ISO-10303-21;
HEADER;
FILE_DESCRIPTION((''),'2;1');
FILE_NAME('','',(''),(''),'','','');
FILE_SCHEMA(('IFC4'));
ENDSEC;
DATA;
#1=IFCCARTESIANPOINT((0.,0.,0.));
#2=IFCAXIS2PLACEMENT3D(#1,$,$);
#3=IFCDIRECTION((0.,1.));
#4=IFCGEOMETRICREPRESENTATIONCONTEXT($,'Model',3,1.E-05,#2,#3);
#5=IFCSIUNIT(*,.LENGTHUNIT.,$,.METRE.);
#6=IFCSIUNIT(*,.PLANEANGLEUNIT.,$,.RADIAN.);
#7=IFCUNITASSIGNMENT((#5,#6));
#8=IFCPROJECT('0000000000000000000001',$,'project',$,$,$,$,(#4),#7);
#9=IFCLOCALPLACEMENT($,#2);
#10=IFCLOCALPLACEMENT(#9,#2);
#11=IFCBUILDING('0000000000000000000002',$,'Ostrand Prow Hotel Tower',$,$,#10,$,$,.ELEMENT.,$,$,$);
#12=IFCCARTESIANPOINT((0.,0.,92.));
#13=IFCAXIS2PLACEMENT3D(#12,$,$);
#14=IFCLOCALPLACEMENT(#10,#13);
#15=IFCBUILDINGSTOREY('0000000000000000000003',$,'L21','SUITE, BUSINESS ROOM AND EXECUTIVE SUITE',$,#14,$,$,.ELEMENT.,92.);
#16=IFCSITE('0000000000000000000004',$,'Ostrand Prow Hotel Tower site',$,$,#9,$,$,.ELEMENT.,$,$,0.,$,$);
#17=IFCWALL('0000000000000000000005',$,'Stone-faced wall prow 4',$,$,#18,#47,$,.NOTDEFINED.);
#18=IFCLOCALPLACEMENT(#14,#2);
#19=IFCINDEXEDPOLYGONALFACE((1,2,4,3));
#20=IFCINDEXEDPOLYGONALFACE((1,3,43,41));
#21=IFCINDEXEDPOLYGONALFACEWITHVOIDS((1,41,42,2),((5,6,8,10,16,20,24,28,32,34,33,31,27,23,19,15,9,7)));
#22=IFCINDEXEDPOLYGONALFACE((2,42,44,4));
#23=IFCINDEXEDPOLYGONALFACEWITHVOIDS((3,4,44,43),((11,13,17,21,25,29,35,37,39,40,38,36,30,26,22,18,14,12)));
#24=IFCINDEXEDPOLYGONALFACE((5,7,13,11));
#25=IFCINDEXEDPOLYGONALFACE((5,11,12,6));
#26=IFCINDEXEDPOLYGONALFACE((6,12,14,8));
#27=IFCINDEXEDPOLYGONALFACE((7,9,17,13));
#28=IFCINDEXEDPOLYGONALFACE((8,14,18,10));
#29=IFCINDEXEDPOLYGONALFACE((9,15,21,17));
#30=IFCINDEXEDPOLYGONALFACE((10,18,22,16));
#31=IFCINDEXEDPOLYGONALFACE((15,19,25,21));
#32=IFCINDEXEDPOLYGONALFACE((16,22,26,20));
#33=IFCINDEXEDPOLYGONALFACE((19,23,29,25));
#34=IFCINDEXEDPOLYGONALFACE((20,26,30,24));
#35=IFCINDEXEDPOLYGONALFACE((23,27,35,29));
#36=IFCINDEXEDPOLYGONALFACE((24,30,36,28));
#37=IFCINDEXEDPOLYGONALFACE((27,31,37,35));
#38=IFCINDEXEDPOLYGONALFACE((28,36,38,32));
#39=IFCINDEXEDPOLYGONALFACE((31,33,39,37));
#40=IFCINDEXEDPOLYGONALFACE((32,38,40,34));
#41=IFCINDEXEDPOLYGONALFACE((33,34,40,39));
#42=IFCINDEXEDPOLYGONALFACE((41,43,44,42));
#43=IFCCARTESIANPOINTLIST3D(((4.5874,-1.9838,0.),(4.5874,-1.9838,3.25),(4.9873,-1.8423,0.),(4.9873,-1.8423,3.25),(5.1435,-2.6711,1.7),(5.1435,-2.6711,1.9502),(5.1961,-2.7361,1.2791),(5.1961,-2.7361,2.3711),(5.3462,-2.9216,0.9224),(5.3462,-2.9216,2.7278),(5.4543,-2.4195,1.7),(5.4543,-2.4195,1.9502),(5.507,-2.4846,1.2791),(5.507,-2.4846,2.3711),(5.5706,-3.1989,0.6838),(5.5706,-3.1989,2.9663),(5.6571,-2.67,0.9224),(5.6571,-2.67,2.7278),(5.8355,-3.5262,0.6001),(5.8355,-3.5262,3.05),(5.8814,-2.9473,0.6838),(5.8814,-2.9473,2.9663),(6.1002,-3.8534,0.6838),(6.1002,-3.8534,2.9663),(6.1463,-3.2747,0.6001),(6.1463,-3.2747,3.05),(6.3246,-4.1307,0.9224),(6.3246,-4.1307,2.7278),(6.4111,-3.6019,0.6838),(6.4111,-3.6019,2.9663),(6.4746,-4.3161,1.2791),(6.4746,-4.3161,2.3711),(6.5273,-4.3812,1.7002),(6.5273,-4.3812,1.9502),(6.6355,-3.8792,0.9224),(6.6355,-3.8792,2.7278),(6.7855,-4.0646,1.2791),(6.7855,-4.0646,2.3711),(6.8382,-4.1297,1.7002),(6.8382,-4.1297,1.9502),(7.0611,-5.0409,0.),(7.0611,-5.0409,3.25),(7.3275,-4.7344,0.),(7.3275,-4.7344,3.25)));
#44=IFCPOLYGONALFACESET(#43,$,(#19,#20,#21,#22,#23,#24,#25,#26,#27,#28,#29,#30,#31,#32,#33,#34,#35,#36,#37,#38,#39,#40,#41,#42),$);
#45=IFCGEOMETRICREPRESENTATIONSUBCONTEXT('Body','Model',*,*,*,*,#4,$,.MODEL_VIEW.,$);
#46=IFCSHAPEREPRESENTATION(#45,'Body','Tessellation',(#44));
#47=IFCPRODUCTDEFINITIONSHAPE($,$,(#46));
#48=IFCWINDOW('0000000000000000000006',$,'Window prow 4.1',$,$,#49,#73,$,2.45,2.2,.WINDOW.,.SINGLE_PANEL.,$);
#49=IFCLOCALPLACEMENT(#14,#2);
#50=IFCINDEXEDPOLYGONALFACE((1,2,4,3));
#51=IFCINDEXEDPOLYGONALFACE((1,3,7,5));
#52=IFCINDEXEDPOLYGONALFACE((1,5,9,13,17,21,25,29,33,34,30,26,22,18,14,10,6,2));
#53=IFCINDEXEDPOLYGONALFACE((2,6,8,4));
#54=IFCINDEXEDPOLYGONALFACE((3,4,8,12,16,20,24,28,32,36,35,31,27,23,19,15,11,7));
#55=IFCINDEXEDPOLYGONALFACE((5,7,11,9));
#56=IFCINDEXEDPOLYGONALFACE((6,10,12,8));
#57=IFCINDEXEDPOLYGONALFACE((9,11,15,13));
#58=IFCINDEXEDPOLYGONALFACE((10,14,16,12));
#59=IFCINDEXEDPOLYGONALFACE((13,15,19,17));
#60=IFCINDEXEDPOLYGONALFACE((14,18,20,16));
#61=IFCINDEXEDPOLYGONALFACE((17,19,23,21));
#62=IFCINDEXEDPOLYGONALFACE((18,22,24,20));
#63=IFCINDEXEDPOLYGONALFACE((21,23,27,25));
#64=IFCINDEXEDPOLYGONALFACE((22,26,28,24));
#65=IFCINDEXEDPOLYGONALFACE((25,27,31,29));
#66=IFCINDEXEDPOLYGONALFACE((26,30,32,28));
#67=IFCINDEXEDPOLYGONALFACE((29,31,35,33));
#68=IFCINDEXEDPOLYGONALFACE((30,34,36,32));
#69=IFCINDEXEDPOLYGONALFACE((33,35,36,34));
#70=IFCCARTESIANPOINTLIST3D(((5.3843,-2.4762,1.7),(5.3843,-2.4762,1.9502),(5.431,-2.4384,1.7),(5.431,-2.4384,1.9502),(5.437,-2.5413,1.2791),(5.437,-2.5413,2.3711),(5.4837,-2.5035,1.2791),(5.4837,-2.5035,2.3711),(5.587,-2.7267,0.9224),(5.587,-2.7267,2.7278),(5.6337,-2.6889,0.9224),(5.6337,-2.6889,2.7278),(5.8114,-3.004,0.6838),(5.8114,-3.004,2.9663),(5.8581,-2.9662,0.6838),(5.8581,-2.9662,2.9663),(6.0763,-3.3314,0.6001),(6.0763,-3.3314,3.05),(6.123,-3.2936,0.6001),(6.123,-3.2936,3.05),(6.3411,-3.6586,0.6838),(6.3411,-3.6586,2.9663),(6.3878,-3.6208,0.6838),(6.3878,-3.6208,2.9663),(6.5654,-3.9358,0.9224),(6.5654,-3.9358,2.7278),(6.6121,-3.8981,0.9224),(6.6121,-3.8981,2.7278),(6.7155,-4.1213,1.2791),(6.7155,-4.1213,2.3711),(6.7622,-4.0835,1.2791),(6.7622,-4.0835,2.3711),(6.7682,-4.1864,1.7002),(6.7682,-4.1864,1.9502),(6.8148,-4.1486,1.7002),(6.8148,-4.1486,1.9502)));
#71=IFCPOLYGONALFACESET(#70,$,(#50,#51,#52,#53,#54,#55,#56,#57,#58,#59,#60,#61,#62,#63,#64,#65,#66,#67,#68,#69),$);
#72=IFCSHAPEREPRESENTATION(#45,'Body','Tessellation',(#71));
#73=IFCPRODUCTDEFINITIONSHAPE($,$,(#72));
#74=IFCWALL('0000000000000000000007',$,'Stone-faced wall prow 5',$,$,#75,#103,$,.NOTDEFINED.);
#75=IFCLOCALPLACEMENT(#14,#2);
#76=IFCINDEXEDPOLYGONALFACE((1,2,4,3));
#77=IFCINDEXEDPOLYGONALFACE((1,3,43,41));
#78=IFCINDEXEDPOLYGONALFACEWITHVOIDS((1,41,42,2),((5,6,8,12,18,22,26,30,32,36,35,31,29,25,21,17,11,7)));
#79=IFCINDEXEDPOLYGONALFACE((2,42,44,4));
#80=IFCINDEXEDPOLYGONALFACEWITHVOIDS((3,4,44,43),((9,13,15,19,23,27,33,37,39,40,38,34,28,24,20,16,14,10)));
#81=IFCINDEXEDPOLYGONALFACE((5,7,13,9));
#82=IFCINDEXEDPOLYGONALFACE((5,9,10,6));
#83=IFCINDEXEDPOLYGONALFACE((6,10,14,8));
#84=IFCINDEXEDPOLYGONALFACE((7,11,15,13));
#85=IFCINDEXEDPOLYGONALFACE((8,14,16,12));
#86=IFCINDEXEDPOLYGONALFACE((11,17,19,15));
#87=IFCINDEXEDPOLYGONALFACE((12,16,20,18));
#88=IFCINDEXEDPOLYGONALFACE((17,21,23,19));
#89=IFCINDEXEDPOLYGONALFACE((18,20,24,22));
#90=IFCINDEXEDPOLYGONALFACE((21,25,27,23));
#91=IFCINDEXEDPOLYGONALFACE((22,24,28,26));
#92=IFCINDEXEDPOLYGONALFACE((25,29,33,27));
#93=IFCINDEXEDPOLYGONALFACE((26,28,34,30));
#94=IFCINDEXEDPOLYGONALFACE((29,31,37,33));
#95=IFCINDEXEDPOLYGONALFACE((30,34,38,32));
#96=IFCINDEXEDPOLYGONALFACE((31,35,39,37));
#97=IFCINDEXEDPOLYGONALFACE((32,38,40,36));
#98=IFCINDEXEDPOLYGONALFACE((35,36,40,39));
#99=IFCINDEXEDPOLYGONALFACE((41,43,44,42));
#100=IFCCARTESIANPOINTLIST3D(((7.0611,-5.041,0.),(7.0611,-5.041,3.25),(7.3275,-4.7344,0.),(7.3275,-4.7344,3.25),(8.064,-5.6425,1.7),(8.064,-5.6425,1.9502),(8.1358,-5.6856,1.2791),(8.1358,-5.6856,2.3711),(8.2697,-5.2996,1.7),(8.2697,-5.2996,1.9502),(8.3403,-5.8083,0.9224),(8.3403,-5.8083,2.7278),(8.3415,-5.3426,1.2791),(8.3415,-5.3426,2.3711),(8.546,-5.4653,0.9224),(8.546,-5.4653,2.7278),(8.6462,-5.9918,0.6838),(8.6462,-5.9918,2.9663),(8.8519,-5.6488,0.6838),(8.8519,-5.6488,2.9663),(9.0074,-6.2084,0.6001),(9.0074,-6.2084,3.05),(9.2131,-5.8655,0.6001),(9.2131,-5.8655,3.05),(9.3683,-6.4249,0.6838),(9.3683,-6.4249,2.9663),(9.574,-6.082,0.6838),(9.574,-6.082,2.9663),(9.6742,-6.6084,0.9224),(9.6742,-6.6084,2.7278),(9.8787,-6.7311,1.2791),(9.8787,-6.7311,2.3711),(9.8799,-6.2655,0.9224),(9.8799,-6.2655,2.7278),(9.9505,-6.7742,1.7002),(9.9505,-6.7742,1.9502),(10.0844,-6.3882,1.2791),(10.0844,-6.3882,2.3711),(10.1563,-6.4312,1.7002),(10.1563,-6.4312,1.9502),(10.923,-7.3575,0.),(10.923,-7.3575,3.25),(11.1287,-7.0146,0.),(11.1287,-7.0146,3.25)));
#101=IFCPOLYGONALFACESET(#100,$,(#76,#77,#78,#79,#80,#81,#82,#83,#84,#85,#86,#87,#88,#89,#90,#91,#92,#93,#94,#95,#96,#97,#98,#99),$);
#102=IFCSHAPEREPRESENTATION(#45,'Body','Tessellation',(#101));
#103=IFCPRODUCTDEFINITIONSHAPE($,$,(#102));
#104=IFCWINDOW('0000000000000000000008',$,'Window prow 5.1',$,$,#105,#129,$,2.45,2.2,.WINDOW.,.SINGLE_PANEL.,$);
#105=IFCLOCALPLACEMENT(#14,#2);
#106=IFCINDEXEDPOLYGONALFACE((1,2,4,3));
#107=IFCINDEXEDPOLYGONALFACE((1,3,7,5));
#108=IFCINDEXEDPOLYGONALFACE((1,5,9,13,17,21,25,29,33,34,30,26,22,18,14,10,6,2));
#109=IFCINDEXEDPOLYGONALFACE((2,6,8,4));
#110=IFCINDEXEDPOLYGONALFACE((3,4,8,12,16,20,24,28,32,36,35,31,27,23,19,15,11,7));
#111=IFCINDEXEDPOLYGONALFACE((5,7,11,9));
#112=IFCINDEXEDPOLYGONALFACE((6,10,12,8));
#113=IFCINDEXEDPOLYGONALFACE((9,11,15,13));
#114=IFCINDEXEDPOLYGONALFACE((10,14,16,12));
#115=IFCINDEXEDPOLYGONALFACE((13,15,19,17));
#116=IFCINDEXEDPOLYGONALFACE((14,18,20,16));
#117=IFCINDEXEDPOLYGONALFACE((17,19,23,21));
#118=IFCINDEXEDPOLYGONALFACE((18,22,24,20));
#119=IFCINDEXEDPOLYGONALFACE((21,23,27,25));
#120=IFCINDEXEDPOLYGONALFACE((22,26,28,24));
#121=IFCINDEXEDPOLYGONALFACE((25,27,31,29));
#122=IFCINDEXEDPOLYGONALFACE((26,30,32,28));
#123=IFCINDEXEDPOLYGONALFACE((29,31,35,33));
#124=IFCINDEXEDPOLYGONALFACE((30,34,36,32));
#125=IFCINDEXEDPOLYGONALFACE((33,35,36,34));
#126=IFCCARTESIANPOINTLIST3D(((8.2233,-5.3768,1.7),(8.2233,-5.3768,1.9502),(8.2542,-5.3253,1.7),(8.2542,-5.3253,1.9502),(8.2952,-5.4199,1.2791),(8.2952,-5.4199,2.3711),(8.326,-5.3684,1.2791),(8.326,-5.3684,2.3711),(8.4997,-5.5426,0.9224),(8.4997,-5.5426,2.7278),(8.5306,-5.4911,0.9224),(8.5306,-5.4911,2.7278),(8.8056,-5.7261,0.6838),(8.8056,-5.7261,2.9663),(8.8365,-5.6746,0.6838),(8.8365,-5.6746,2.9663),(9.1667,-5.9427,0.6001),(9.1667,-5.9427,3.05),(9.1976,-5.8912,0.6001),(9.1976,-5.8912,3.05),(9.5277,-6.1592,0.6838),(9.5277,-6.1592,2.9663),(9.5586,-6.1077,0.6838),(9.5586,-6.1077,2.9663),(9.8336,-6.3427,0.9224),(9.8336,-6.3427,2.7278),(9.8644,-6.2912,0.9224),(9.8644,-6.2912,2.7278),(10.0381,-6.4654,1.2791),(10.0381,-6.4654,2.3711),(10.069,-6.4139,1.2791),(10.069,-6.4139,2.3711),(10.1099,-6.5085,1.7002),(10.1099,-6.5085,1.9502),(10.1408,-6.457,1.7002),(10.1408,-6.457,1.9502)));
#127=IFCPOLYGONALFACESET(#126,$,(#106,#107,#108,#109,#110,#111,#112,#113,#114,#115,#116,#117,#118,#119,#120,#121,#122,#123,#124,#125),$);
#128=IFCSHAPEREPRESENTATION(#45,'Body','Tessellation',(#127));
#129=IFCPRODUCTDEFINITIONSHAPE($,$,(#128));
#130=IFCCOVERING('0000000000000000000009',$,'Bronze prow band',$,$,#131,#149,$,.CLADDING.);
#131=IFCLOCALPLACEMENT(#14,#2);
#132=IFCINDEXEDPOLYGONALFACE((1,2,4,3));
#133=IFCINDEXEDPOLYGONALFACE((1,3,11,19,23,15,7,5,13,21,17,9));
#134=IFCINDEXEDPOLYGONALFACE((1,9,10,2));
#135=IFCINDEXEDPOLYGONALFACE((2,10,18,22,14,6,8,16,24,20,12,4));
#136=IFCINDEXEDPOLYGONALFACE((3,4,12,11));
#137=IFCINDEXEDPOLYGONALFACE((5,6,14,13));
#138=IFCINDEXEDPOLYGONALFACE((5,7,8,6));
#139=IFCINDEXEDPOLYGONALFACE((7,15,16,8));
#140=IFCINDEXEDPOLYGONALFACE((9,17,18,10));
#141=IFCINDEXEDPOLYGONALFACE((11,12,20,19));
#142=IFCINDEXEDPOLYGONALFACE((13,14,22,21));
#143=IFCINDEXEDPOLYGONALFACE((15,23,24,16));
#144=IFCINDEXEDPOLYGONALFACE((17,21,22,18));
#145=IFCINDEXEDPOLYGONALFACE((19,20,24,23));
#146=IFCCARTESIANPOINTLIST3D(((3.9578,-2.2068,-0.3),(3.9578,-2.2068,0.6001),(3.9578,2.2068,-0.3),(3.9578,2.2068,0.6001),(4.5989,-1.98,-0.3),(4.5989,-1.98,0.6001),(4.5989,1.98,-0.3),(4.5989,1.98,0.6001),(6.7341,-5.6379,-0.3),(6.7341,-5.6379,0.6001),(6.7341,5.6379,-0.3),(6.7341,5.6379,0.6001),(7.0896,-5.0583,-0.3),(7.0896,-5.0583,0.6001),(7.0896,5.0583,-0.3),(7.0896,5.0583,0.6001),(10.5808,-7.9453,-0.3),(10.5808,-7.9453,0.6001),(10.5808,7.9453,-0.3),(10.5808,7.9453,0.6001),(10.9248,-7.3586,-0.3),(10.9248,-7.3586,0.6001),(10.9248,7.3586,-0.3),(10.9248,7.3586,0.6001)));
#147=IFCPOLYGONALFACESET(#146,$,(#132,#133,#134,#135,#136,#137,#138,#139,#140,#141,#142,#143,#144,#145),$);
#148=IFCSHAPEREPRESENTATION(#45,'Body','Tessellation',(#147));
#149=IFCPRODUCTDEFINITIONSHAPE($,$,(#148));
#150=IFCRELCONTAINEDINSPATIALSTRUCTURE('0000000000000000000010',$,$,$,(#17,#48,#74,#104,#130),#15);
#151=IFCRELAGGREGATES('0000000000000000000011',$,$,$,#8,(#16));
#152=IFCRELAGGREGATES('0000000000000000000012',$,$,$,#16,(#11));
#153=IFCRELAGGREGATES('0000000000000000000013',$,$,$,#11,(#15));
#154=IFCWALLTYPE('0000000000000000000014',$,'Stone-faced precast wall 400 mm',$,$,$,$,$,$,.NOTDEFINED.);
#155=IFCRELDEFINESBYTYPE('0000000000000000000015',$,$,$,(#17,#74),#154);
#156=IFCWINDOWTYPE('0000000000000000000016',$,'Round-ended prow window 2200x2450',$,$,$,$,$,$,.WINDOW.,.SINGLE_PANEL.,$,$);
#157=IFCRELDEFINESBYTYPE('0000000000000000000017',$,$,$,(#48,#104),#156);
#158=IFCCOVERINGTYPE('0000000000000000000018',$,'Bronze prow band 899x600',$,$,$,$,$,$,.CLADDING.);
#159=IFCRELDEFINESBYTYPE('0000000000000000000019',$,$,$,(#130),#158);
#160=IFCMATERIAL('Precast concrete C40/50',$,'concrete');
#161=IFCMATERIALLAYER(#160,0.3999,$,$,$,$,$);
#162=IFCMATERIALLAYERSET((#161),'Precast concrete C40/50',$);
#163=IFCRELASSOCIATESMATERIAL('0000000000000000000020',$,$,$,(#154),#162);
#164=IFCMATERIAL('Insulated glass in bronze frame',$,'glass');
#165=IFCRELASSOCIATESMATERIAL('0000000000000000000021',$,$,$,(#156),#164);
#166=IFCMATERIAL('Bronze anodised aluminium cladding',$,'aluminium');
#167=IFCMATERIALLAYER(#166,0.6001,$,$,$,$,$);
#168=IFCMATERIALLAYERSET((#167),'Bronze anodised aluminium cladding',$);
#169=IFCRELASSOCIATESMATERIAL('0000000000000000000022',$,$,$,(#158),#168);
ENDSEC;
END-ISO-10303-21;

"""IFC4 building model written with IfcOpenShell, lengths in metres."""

from ifc_helpers import new_model, si_unit, direction, frame, origin, place, context, subcontext, project, spatial, polyline, outline, extrude, material, layer, layer_set, type_object, element, fill, save


model = new_model("IFC4")

# Units and contexts
model_context = context("Model", 3, precision=1e-05, world=origin(), true_north=direction((0.0, 1.0)))
body_context = subcontext(model_context, "Body", "Model", "MODEL_VIEW")
ifc_project = project(units=[si_unit("LENGTHUNIT", "METRE"), si_unit("PLANEANGLEUNIT", "RADIAN")], contexts=[model_context])

# Site, building, storey
site_placement = place(None, origin())
site = spatial("IfcSite", under=ifc_project, at=site_placement, Name="Ostrand Prow Hotel Tower site", CompositionType="ELEMENT", RefElevation=0.0)
building_placement = place(site_placement, origin())
building = spatial("IfcBuilding", under=site, at=building_placement, Name="Ostrand Prow Hotel Tower", CompositionType="ELEMENT")
storey_placement = place(building_placement, frame((0.0, 0.0, 92.0)))
storey = spatial("IfcBuildingStorey", under=building, at=storey_placement, Name="L21", Description="SUITE, BUSINESS ROOM AND EXECUTIVE SUITE", CompositionType="ELEMENT", Elevation=92.0)

# Walls, openings, windows
ifc_material_1 = material(Name="Precast concrete C40/50", Category="concrete")
ifc_layer_1 = layer(ifc_material_1, 0.3999)
ifc_layer_set_1 = layer_set([ifc_layer_1], Name="Precast concrete C40/50")
wall_type_1 = type_object("IfcWallType", Name="Stone-faced precast wall 400 mm", PredefinedType="NOTDEFINED", material=ifc_layer_set_1)
wall_1_placement = place(storey_placement, frame((4.7874, -1.9131, 0.0), z_axis=(0.0, 0.0, 1.0), x_axis=(0.629035, -0.777377, 0.0)))
wall_1 = element("IfcWall", 1, at=wall_1_placement, inside=storey, type_object=wall_type_1, Name="Stone-faced wall prow 4", PredefinedType="NOTDEFINED", context=body_context, shape_type="SweptSolid", body=[
    extrude(outline(polyline([(-0.0708, -0.2), (3.8618, -0.2), (3.791, 0.2), (0.0708, 0.2), (-0.0708, -0.2)])), origin(), (0.0, 0.0, 1.0), 3.25),
])
opening_1_placement = place(wall_1_placement, frame((0.8132, 0.0, 0.6001)))
opening_1 = element("IfcOpeningElement", 2, at=opening_1_placement, cuts=wall_1, PredefinedType="OPENING", context=body_context, shape_type="SweptSolid", body=[
    extrude(outline(polyline([(0.0, 1.3501), (0.0837, 1.771), (0.3223, 2.1277), (0.679, 2.3662), (1.1001, 2.45), (1.521, 2.3662), (1.8777, 2.1277), (2.1162, 1.771), (2.2, 1.3501), (2.2, 1.1001), (2.1162, 0.679), (1.8777, 0.3223), (1.521, 0.0837), (1.1001, 0.0), (0.679, 0.0837), (0.3223, 0.3223), (0.0837, 0.679), (0.0, 1.0999), (0.0, 1.3501)])), frame((0.0, 0.21, 0.0), z_axis=(0.0, -1.0, 0.0), x_axis=(1.0, 0.0, 0.0)), (0.0, 0.0, 1.0), 0.4199),
])
ifc_material_2 = material(Name="Insulated glass in bronze frame", Category="glass")
window_type = type_object("IfcWindowType", Name="Round-ended prow window 2200x2450", PartitioningType="SINGLE_PANEL", PredefinedType="WINDOW", material=ifc_material_2)
window_1_placement = place(opening_1_placement, origin())
window_1 = element("IfcWindow", 3, at=window_1_placement, inside=storey, type_object=window_type, Name="Window prow 4.1", OverallHeight=2.45, OverallWidth=2.2, PartitioningType="SINGLE_PANEL", PredefinedType="WINDOW", context=body_context, shape_type="SweptSolid", body=[
    extrude(outline(polyline([(0.0, 1.3501), (0.0837, 1.771), (0.3223, 2.1277), (0.679, 2.3662), (1.1001, 2.45), (1.521, 2.3662), (1.8777, 2.1277), (2.1162, 1.771), (2.2, 1.3501), (2.2, 1.1001), (2.1162, 0.679), (1.8777, 0.3223), (1.521, 0.0837), (1.1001, 0.0), (0.679, 0.0837), (0.3223, 0.3223), (0.0837, 0.679), (0.0, 1.0999), (0.0, 1.3501)])), frame((0.0, 0.1699, 0.0), z_axis=(0.0, -1.0, 0.0), x_axis=(1.0, 0.0, 0.0)), (0.0, 0.0, 1.0), 0.0601),
])
fill(opening_1, window_1)
wall_2_placement = place(storey_placement, frame((7.1943, -4.8877, 0.0), z_axis=(0.0, 0.0, 1.0), x_axis=(0.857551, -0.514399, 0.0)))
wall_2 = element("IfcWall", 4, at=wall_2_placement, inside=storey, type_object=wall_type_1, Name="Stone-faced wall prow 5", PredefinedType="NOTDEFINED", context=body_context, shape_type="SweptSolid", body=[
    extrude(outline(polyline([(-0.0354, -0.2), (4.468, -0.2), (4.468, 0.2), (0.0354, 0.2), (-0.0354, -0.2)])), origin(), (0.0, 0.0, 1.0), 3.25),
])
opening_2_placement = place(wall_2_placement, frame((1.134, 0.0, 0.6001)))
opening_2 = element("IfcOpeningElement", 5, at=opening_2_placement, cuts=wall_2, PredefinedType="OPENING", context=body_context, shape_type="SweptSolid", body=[
    extrude(outline(polyline([(0.0, 1.3501), (0.0837, 1.771), (0.3223, 2.1277), (0.679, 2.3662), (1.1001, 2.45), (1.521, 2.3662), (1.8777, 2.1277), (2.1162, 1.771), (2.2, 1.3501), (2.2, 1.1001), (2.1162, 0.679), (1.8777, 0.3223), (1.521, 0.0837), (1.1001, 0.0), (0.679, 0.0837), (0.3223, 0.3223), (0.0837, 0.679), (0.0, 1.0999), (0.0, 1.3501)])), frame((0.0, 0.21, 0.0), z_axis=(0.0, -1.0, 0.0), x_axis=(1.0, 0.0, 0.0)), (0.0, 0.0, 1.0), 0.4199),
])
window_2_placement = place(opening_2_placement, origin())
window_2 = element("IfcWindow", 6, at=window_2_placement, inside=storey, type_object=window_type, Name="Window prow 5.1", OverallHeight=2.45, OverallWidth=2.2, PartitioningType="SINGLE_PANEL", PredefinedType="WINDOW", context=body_context, shape_type="SweptSolid", body=[
    extrude(outline(polyline([(0.0, 1.3501), (0.0837, 1.771), (0.3223, 2.1277), (0.679, 2.3662), (1.1001, 2.45), (1.521, 2.3662), (1.8777, 2.1277), (2.1162, 1.771), (2.2, 1.3501), (2.2, 1.1001), (2.1162, 0.679), (1.8777, 0.3223), (1.521, 0.0837), (1.1001, 0.0), (0.679, 0.0837), (0.3223, 0.3223), (0.0837, 0.679), (0.0, 1.0999), (0.0, 1.3501)])), frame((0.0, 0.1699, 0.0), z_axis=(0.0, -1.0, 0.0), x_axis=(1.0, 0.0, 0.0)), (0.0, 0.0, 1.0), 0.0601),
])
fill(opening_2, window_2)

# Covering
ifc_material_3 = material(Name="Bronze anodised aluminium cladding", Category="aluminium")
ifc_layer_2 = layer(ifc_material_3, 0.6001)
ifc_layer_set_2 = layer_set([ifc_layer_2], Name="Bronze anodised aluminium cladding")
covering_type_1 = type_object("IfcCoveringType", Name="Bronze prow band 899x600", PredefinedType="CLADDING", material=ifc_layer_set_2)
covering_1_placement = place(storey_placement, frame((0.0, 0.0, -0.3)))
element("IfcCovering", 7, at=covering_1_placement, inside=storey, type_object=covering_type_1, Name="Bronze prow band", PredefinedType="CLADDING", context=body_context, shape_type="SweptSolid", body=[
    extrude(outline(polyline([(10.5808, 7.9453), (6.7341, 5.6379), (3.9578, 2.2068), (3.9578, -2.2068), (6.7341, -5.6379), (10.5808, -7.9453), (10.9248, -7.3586), (7.0896, -5.0583), (4.5989, -1.98), (4.5989, 1.98), (7.0896, 5.0583), (10.9248, 7.3586), (10.5808, 7.9453)])), origin(), (0.0, 0.0, 1.0), 0.9001),
])

save(model, "model.ifc")
